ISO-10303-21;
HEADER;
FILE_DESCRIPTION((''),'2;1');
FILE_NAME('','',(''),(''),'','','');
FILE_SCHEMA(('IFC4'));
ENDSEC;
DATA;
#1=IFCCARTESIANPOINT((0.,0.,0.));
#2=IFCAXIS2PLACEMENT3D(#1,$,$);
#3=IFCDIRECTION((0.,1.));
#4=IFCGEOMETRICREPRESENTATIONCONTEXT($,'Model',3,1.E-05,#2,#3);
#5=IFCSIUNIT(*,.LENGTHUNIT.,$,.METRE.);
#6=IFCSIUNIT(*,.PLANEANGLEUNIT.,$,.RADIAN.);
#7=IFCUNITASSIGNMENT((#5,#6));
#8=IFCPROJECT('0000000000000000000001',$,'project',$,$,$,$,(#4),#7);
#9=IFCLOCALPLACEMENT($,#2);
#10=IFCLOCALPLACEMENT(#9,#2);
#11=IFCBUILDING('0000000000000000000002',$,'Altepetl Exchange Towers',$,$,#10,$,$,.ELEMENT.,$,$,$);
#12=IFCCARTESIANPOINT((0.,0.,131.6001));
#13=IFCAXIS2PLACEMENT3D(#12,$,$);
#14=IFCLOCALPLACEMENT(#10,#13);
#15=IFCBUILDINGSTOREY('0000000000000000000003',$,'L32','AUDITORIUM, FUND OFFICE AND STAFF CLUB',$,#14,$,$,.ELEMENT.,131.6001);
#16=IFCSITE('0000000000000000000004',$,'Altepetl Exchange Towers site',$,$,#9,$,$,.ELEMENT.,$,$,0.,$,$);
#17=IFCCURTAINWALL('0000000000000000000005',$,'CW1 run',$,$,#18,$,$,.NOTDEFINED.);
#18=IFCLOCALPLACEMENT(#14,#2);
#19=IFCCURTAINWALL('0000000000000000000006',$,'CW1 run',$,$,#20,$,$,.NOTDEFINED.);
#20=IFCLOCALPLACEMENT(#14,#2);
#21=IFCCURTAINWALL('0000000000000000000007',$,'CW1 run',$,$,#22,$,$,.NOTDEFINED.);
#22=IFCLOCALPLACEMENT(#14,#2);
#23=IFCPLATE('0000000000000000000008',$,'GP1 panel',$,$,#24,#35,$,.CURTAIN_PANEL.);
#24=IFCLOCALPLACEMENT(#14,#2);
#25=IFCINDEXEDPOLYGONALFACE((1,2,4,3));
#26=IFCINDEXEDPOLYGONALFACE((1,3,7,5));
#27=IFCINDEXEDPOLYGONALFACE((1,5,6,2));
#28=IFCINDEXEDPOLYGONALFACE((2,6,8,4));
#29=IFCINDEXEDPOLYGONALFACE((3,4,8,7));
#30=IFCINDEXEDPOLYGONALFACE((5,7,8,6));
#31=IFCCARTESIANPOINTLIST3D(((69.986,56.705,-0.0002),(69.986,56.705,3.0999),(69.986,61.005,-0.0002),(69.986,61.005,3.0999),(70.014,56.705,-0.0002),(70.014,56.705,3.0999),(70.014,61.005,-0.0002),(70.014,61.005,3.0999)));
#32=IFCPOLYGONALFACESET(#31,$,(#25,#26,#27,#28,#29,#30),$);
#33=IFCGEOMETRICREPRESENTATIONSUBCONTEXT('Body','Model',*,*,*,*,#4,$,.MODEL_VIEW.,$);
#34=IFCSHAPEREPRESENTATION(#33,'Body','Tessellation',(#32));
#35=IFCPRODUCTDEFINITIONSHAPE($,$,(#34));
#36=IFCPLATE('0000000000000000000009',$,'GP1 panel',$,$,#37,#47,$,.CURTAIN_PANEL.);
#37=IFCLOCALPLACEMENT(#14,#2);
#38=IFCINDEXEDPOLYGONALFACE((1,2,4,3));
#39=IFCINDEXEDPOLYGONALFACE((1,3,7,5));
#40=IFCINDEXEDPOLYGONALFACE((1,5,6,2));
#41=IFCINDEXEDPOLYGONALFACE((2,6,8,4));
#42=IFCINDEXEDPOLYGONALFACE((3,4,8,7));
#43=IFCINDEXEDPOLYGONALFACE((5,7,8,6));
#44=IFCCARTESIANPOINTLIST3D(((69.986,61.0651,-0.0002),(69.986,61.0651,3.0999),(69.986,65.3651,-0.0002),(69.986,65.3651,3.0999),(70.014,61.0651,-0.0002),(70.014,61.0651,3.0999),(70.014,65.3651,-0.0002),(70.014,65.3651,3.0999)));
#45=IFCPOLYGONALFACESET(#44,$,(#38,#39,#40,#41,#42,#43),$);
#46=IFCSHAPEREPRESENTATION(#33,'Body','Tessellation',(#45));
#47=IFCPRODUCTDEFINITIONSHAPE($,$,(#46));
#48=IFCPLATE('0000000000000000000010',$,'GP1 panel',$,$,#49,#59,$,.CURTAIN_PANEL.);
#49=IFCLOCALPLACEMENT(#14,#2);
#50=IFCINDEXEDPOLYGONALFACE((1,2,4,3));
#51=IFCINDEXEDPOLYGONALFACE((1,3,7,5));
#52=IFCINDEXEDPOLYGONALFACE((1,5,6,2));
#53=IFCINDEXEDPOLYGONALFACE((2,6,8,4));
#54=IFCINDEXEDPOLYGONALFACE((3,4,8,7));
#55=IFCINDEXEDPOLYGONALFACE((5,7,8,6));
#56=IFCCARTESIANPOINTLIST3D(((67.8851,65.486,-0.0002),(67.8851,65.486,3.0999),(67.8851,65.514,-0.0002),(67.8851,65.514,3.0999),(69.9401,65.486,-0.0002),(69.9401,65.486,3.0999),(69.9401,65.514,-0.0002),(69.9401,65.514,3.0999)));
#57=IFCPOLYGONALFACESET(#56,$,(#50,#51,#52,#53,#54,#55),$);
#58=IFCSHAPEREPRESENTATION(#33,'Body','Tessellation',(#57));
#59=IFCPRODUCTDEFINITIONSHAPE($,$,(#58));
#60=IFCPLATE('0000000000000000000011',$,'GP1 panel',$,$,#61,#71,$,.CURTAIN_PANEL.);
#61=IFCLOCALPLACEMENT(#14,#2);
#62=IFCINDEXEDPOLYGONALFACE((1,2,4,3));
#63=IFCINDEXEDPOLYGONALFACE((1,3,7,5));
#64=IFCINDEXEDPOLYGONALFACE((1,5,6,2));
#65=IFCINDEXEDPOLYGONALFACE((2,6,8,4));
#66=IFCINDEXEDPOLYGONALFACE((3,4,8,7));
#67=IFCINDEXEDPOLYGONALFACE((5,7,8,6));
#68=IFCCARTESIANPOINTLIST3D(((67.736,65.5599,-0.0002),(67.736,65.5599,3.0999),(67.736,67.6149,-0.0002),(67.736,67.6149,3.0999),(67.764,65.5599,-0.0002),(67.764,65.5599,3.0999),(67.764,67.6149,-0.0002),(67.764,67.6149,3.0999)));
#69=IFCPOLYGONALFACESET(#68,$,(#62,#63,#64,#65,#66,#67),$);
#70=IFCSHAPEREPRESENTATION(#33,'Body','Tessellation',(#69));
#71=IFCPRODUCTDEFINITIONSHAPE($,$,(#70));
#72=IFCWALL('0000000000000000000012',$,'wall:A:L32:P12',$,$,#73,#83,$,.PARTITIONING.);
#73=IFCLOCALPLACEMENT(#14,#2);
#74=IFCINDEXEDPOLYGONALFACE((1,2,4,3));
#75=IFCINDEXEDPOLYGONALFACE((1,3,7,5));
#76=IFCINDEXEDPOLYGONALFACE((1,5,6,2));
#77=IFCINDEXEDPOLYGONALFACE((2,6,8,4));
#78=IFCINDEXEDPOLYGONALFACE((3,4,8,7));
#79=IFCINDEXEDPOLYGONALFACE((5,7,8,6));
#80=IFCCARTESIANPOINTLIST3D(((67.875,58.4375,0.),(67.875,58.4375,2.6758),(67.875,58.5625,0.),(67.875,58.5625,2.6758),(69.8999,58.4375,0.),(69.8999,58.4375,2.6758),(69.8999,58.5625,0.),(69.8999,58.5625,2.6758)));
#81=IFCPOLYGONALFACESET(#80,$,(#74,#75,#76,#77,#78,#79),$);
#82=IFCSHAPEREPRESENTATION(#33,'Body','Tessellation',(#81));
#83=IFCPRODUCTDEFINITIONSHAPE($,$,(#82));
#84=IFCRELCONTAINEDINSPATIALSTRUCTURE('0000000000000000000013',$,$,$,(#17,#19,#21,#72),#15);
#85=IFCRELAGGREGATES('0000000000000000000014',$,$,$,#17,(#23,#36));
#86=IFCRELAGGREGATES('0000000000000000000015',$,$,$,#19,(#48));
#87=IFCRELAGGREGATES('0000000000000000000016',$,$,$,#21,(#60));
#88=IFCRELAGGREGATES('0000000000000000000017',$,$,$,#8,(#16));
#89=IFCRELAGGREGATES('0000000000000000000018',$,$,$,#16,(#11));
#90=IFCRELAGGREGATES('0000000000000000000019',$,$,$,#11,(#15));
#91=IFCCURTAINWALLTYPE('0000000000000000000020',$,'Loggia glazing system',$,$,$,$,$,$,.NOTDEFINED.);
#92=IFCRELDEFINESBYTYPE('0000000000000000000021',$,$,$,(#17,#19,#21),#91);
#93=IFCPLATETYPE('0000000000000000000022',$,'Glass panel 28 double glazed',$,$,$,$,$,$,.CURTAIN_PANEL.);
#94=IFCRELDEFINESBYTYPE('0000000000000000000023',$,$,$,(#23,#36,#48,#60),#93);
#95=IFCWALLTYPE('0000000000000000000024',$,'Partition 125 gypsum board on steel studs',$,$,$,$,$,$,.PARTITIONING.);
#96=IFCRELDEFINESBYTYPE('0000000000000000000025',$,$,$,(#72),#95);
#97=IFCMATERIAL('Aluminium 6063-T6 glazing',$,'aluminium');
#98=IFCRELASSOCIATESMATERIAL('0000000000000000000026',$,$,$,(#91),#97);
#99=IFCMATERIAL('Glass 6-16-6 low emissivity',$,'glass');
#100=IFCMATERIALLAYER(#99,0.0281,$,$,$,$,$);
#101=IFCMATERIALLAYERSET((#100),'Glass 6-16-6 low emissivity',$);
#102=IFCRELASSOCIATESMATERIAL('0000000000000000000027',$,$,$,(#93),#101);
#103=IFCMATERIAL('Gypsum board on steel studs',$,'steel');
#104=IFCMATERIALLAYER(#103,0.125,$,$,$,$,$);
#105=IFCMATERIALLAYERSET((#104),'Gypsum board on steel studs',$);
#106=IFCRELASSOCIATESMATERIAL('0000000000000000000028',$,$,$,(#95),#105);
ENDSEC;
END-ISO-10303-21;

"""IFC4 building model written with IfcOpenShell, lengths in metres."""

from ifc_helpers import new_model, si_unit, direction, frame, frame_2d, origin, origin_2d, place, context, subcontext, project, spatial, rectangle, extrude, material, layer, layer_set, type_object, element, aggregate, save


model = new_model("IFC4")

# Units and contexts
model_context = context("Model", 3, precision=1e-05, world=origin(), true_north=direction((0.0, 1.0)))
body_context = subcontext(model_context, "Body", "Model", "MODEL_VIEW")
ifc_project = project(units=[si_unit("LENGTHUNIT", "METRE"), si_unit("PLANEANGLEUNIT", "RADIAN")], contexts=[model_context])

# Site, building, storey
site_placement = place(None, origin())
site = spatial("IfcSite", under=ifc_project, at=site_placement, Name="Altepetl Exchange Towers site", CompositionType="ELEMENT", RefElevation=0.0)
building_placement = place(site_placement, origin())
building = spatial("IfcBuilding", under=site, at=building_placement, Name="Altepetl Exchange Towers", CompositionType="ELEMENT")
storey_placement = place(building_placement, frame((0.0, 0.0, 131.6001)))
storey = spatial("IfcBuildingStorey", under=building, at=storey_placement, Name="L32", Description="AUDITORIUM, FUND OFFICE AND STAFF CLUB", CompositionType="ELEMENT", Elevation=131.6001)

# Curtain walls
ifc_material_1 = material(Name="Aluminium 6063-T6 glazing", Category="aluminium")
curtain_wall_type = type_object("IfcCurtainWallType", Name="Loggia glazing system", PredefinedType="NOTDEFINED", material=ifc_material_1)
curtain_wall_1_placement = place(storey_placement, origin())
curtain_wall_1 = element("IfcCurtainWall", 1, at=curtain_wall_1_placement, inside=storey, type_object=curtain_wall_type, Name="CW1 run", PredefinedType="NOTDEFINED")
curtain_wall_2_placement = place(storey_placement, origin())
curtain_wall_2 = element("IfcCurtainWall", 2, at=curtain_wall_2_placement, inside=storey, type_object=curtain_wall_type, Name="CW1 run", PredefinedType="NOTDEFINED")

# Curtain wall
curtain_wall_3_placement = place(storey_placement, origin())
curtain_wall_3 = element("IfcCurtainWall", 3, at=curtain_wall_3_placement, inside=storey, type_object=curtain_wall_type, Name="CW1 run", PredefinedType="NOTDEFINED")

# Plates
ifc_material_2 = material(Name="Glass 6-16-6 low emissivity", Category="glass")
ifc_layer_1 = layer(ifc_material_2, 0.0281)
ifc_layer_set_1 = layer_set([ifc_layer_1], Name="Glass 6-16-6 low emissivity")
plate_type = type_object("IfcPlateType", Name="Glass panel 28 double glazed", PredefinedType="CURTAIN_PANEL", material=ifc_layer_set_1)
plate_1_placement = place(storey_placement, frame((70.0, 58.855, -0.0002), z_axis=(0.0, 0.0, 1.0), x_axis=(0.0, 1.0, 0.0)))
plate_1 = element("IfcPlate", 4, at=plate_1_placement, type_object=plate_type, Name="GP1 panel", PredefinedType="CURTAIN_PANEL", context=body_context, shape_type="SweptSolid", body=[
    extrude(rectangle(XDim=4.3, YDim=0.0281, at=origin_2d()), origin(), (0.0, 0.0, 1.0), 3.1001),
])
plate_2_placement = place(storey_placement, frame((70.0, 63.2151, -0.0002), z_axis=(0.0, 0.0, 1.0), x_axis=(0.0, 1.0, 0.0)))
plate_2 = element("IfcPlate", 5, at=plate_2_placement, type_object=plate_type, Name="GP1 panel", PredefinedType="CURTAIN_PANEL", context=body_context, shape_type="SweptSolid", body=[
    extrude(rectangle(XDim=4.3, YDim=0.0281, at=origin_2d()), origin(), (0.0, 0.0, 1.0), 3.1001),
])
aggregate(curtain_wall_1, [plate_1, plate_2])
plate_3_placement = place(storey_placement, frame((68.9126, 65.5, -0.0002), z_axis=(0.0, 0.0, 1.0), x_axis=(-1.0, 0.0, 0.0)))
plate_3 = element("IfcPlate", 6, at=plate_3_placement, type_object=plate_type, Name="GP1 panel", PredefinedType="CURTAIN_PANEL", context=body_context, shape_type="SweptSolid", body=[
    extrude(rectangle(XDim=2.0549, YDim=0.0281, at=origin_2d()), origin(), (0.0, 0.0, 1.0), 3.1001),
])
aggregate(curtain_wall_2, [plate_3])
plate_4_placement = place(storey_placement, frame((67.75, 66.5874, -0.0002), z_axis=(0.0, 0.0, 1.0), x_axis=(0.0, 1.0, 0.0)))
plate_4 = element("IfcPlate", 7, at=plate_4_placement, type_object=plate_type, Name="GP1 panel", PredefinedType="CURTAIN_PANEL", context=body_context, shape_type="SweptSolid", body=[
    extrude(rectangle(XDim=2.0549, YDim=0.0281, at=origin_2d()), origin(), (0.0, 0.0, 1.0), 3.1001),
])
aggregate(curtain_wall_3, [plate_4])

# Wall
ifc_material_3 = material(Name="Gypsum board on steel studs", Category="steel")
ifc_layer_2 = layer(ifc_material_3, 0.125)
ifc_layer_set_2 = layer_set([ifc_layer_2], Name="Gypsum board on steel studs")
wall_type = type_object("IfcWallType", Name="Partition 125 gypsum board on steel studs", PredefinedType="PARTITIONING", material=ifc_layer_set_2)
wall_placement = place(storey_placement, frame((67.875, 58.5, 0.0)))
element("IfcWall", 8, at=wall_placement, inside=storey, type_object=wall_type, Name="wall:A:L32:P12", PredefinedType="PARTITIONING", context=body_context, shape_type="SweptSolid", body=[
    extrude(rectangle(XDim=2.0249, YDim=0.125, at=frame_2d((1.0125, 0.0))), origin(), (0.0, 0.0, 1.0), 2.6758),
])

save(model, "model.ifc")
